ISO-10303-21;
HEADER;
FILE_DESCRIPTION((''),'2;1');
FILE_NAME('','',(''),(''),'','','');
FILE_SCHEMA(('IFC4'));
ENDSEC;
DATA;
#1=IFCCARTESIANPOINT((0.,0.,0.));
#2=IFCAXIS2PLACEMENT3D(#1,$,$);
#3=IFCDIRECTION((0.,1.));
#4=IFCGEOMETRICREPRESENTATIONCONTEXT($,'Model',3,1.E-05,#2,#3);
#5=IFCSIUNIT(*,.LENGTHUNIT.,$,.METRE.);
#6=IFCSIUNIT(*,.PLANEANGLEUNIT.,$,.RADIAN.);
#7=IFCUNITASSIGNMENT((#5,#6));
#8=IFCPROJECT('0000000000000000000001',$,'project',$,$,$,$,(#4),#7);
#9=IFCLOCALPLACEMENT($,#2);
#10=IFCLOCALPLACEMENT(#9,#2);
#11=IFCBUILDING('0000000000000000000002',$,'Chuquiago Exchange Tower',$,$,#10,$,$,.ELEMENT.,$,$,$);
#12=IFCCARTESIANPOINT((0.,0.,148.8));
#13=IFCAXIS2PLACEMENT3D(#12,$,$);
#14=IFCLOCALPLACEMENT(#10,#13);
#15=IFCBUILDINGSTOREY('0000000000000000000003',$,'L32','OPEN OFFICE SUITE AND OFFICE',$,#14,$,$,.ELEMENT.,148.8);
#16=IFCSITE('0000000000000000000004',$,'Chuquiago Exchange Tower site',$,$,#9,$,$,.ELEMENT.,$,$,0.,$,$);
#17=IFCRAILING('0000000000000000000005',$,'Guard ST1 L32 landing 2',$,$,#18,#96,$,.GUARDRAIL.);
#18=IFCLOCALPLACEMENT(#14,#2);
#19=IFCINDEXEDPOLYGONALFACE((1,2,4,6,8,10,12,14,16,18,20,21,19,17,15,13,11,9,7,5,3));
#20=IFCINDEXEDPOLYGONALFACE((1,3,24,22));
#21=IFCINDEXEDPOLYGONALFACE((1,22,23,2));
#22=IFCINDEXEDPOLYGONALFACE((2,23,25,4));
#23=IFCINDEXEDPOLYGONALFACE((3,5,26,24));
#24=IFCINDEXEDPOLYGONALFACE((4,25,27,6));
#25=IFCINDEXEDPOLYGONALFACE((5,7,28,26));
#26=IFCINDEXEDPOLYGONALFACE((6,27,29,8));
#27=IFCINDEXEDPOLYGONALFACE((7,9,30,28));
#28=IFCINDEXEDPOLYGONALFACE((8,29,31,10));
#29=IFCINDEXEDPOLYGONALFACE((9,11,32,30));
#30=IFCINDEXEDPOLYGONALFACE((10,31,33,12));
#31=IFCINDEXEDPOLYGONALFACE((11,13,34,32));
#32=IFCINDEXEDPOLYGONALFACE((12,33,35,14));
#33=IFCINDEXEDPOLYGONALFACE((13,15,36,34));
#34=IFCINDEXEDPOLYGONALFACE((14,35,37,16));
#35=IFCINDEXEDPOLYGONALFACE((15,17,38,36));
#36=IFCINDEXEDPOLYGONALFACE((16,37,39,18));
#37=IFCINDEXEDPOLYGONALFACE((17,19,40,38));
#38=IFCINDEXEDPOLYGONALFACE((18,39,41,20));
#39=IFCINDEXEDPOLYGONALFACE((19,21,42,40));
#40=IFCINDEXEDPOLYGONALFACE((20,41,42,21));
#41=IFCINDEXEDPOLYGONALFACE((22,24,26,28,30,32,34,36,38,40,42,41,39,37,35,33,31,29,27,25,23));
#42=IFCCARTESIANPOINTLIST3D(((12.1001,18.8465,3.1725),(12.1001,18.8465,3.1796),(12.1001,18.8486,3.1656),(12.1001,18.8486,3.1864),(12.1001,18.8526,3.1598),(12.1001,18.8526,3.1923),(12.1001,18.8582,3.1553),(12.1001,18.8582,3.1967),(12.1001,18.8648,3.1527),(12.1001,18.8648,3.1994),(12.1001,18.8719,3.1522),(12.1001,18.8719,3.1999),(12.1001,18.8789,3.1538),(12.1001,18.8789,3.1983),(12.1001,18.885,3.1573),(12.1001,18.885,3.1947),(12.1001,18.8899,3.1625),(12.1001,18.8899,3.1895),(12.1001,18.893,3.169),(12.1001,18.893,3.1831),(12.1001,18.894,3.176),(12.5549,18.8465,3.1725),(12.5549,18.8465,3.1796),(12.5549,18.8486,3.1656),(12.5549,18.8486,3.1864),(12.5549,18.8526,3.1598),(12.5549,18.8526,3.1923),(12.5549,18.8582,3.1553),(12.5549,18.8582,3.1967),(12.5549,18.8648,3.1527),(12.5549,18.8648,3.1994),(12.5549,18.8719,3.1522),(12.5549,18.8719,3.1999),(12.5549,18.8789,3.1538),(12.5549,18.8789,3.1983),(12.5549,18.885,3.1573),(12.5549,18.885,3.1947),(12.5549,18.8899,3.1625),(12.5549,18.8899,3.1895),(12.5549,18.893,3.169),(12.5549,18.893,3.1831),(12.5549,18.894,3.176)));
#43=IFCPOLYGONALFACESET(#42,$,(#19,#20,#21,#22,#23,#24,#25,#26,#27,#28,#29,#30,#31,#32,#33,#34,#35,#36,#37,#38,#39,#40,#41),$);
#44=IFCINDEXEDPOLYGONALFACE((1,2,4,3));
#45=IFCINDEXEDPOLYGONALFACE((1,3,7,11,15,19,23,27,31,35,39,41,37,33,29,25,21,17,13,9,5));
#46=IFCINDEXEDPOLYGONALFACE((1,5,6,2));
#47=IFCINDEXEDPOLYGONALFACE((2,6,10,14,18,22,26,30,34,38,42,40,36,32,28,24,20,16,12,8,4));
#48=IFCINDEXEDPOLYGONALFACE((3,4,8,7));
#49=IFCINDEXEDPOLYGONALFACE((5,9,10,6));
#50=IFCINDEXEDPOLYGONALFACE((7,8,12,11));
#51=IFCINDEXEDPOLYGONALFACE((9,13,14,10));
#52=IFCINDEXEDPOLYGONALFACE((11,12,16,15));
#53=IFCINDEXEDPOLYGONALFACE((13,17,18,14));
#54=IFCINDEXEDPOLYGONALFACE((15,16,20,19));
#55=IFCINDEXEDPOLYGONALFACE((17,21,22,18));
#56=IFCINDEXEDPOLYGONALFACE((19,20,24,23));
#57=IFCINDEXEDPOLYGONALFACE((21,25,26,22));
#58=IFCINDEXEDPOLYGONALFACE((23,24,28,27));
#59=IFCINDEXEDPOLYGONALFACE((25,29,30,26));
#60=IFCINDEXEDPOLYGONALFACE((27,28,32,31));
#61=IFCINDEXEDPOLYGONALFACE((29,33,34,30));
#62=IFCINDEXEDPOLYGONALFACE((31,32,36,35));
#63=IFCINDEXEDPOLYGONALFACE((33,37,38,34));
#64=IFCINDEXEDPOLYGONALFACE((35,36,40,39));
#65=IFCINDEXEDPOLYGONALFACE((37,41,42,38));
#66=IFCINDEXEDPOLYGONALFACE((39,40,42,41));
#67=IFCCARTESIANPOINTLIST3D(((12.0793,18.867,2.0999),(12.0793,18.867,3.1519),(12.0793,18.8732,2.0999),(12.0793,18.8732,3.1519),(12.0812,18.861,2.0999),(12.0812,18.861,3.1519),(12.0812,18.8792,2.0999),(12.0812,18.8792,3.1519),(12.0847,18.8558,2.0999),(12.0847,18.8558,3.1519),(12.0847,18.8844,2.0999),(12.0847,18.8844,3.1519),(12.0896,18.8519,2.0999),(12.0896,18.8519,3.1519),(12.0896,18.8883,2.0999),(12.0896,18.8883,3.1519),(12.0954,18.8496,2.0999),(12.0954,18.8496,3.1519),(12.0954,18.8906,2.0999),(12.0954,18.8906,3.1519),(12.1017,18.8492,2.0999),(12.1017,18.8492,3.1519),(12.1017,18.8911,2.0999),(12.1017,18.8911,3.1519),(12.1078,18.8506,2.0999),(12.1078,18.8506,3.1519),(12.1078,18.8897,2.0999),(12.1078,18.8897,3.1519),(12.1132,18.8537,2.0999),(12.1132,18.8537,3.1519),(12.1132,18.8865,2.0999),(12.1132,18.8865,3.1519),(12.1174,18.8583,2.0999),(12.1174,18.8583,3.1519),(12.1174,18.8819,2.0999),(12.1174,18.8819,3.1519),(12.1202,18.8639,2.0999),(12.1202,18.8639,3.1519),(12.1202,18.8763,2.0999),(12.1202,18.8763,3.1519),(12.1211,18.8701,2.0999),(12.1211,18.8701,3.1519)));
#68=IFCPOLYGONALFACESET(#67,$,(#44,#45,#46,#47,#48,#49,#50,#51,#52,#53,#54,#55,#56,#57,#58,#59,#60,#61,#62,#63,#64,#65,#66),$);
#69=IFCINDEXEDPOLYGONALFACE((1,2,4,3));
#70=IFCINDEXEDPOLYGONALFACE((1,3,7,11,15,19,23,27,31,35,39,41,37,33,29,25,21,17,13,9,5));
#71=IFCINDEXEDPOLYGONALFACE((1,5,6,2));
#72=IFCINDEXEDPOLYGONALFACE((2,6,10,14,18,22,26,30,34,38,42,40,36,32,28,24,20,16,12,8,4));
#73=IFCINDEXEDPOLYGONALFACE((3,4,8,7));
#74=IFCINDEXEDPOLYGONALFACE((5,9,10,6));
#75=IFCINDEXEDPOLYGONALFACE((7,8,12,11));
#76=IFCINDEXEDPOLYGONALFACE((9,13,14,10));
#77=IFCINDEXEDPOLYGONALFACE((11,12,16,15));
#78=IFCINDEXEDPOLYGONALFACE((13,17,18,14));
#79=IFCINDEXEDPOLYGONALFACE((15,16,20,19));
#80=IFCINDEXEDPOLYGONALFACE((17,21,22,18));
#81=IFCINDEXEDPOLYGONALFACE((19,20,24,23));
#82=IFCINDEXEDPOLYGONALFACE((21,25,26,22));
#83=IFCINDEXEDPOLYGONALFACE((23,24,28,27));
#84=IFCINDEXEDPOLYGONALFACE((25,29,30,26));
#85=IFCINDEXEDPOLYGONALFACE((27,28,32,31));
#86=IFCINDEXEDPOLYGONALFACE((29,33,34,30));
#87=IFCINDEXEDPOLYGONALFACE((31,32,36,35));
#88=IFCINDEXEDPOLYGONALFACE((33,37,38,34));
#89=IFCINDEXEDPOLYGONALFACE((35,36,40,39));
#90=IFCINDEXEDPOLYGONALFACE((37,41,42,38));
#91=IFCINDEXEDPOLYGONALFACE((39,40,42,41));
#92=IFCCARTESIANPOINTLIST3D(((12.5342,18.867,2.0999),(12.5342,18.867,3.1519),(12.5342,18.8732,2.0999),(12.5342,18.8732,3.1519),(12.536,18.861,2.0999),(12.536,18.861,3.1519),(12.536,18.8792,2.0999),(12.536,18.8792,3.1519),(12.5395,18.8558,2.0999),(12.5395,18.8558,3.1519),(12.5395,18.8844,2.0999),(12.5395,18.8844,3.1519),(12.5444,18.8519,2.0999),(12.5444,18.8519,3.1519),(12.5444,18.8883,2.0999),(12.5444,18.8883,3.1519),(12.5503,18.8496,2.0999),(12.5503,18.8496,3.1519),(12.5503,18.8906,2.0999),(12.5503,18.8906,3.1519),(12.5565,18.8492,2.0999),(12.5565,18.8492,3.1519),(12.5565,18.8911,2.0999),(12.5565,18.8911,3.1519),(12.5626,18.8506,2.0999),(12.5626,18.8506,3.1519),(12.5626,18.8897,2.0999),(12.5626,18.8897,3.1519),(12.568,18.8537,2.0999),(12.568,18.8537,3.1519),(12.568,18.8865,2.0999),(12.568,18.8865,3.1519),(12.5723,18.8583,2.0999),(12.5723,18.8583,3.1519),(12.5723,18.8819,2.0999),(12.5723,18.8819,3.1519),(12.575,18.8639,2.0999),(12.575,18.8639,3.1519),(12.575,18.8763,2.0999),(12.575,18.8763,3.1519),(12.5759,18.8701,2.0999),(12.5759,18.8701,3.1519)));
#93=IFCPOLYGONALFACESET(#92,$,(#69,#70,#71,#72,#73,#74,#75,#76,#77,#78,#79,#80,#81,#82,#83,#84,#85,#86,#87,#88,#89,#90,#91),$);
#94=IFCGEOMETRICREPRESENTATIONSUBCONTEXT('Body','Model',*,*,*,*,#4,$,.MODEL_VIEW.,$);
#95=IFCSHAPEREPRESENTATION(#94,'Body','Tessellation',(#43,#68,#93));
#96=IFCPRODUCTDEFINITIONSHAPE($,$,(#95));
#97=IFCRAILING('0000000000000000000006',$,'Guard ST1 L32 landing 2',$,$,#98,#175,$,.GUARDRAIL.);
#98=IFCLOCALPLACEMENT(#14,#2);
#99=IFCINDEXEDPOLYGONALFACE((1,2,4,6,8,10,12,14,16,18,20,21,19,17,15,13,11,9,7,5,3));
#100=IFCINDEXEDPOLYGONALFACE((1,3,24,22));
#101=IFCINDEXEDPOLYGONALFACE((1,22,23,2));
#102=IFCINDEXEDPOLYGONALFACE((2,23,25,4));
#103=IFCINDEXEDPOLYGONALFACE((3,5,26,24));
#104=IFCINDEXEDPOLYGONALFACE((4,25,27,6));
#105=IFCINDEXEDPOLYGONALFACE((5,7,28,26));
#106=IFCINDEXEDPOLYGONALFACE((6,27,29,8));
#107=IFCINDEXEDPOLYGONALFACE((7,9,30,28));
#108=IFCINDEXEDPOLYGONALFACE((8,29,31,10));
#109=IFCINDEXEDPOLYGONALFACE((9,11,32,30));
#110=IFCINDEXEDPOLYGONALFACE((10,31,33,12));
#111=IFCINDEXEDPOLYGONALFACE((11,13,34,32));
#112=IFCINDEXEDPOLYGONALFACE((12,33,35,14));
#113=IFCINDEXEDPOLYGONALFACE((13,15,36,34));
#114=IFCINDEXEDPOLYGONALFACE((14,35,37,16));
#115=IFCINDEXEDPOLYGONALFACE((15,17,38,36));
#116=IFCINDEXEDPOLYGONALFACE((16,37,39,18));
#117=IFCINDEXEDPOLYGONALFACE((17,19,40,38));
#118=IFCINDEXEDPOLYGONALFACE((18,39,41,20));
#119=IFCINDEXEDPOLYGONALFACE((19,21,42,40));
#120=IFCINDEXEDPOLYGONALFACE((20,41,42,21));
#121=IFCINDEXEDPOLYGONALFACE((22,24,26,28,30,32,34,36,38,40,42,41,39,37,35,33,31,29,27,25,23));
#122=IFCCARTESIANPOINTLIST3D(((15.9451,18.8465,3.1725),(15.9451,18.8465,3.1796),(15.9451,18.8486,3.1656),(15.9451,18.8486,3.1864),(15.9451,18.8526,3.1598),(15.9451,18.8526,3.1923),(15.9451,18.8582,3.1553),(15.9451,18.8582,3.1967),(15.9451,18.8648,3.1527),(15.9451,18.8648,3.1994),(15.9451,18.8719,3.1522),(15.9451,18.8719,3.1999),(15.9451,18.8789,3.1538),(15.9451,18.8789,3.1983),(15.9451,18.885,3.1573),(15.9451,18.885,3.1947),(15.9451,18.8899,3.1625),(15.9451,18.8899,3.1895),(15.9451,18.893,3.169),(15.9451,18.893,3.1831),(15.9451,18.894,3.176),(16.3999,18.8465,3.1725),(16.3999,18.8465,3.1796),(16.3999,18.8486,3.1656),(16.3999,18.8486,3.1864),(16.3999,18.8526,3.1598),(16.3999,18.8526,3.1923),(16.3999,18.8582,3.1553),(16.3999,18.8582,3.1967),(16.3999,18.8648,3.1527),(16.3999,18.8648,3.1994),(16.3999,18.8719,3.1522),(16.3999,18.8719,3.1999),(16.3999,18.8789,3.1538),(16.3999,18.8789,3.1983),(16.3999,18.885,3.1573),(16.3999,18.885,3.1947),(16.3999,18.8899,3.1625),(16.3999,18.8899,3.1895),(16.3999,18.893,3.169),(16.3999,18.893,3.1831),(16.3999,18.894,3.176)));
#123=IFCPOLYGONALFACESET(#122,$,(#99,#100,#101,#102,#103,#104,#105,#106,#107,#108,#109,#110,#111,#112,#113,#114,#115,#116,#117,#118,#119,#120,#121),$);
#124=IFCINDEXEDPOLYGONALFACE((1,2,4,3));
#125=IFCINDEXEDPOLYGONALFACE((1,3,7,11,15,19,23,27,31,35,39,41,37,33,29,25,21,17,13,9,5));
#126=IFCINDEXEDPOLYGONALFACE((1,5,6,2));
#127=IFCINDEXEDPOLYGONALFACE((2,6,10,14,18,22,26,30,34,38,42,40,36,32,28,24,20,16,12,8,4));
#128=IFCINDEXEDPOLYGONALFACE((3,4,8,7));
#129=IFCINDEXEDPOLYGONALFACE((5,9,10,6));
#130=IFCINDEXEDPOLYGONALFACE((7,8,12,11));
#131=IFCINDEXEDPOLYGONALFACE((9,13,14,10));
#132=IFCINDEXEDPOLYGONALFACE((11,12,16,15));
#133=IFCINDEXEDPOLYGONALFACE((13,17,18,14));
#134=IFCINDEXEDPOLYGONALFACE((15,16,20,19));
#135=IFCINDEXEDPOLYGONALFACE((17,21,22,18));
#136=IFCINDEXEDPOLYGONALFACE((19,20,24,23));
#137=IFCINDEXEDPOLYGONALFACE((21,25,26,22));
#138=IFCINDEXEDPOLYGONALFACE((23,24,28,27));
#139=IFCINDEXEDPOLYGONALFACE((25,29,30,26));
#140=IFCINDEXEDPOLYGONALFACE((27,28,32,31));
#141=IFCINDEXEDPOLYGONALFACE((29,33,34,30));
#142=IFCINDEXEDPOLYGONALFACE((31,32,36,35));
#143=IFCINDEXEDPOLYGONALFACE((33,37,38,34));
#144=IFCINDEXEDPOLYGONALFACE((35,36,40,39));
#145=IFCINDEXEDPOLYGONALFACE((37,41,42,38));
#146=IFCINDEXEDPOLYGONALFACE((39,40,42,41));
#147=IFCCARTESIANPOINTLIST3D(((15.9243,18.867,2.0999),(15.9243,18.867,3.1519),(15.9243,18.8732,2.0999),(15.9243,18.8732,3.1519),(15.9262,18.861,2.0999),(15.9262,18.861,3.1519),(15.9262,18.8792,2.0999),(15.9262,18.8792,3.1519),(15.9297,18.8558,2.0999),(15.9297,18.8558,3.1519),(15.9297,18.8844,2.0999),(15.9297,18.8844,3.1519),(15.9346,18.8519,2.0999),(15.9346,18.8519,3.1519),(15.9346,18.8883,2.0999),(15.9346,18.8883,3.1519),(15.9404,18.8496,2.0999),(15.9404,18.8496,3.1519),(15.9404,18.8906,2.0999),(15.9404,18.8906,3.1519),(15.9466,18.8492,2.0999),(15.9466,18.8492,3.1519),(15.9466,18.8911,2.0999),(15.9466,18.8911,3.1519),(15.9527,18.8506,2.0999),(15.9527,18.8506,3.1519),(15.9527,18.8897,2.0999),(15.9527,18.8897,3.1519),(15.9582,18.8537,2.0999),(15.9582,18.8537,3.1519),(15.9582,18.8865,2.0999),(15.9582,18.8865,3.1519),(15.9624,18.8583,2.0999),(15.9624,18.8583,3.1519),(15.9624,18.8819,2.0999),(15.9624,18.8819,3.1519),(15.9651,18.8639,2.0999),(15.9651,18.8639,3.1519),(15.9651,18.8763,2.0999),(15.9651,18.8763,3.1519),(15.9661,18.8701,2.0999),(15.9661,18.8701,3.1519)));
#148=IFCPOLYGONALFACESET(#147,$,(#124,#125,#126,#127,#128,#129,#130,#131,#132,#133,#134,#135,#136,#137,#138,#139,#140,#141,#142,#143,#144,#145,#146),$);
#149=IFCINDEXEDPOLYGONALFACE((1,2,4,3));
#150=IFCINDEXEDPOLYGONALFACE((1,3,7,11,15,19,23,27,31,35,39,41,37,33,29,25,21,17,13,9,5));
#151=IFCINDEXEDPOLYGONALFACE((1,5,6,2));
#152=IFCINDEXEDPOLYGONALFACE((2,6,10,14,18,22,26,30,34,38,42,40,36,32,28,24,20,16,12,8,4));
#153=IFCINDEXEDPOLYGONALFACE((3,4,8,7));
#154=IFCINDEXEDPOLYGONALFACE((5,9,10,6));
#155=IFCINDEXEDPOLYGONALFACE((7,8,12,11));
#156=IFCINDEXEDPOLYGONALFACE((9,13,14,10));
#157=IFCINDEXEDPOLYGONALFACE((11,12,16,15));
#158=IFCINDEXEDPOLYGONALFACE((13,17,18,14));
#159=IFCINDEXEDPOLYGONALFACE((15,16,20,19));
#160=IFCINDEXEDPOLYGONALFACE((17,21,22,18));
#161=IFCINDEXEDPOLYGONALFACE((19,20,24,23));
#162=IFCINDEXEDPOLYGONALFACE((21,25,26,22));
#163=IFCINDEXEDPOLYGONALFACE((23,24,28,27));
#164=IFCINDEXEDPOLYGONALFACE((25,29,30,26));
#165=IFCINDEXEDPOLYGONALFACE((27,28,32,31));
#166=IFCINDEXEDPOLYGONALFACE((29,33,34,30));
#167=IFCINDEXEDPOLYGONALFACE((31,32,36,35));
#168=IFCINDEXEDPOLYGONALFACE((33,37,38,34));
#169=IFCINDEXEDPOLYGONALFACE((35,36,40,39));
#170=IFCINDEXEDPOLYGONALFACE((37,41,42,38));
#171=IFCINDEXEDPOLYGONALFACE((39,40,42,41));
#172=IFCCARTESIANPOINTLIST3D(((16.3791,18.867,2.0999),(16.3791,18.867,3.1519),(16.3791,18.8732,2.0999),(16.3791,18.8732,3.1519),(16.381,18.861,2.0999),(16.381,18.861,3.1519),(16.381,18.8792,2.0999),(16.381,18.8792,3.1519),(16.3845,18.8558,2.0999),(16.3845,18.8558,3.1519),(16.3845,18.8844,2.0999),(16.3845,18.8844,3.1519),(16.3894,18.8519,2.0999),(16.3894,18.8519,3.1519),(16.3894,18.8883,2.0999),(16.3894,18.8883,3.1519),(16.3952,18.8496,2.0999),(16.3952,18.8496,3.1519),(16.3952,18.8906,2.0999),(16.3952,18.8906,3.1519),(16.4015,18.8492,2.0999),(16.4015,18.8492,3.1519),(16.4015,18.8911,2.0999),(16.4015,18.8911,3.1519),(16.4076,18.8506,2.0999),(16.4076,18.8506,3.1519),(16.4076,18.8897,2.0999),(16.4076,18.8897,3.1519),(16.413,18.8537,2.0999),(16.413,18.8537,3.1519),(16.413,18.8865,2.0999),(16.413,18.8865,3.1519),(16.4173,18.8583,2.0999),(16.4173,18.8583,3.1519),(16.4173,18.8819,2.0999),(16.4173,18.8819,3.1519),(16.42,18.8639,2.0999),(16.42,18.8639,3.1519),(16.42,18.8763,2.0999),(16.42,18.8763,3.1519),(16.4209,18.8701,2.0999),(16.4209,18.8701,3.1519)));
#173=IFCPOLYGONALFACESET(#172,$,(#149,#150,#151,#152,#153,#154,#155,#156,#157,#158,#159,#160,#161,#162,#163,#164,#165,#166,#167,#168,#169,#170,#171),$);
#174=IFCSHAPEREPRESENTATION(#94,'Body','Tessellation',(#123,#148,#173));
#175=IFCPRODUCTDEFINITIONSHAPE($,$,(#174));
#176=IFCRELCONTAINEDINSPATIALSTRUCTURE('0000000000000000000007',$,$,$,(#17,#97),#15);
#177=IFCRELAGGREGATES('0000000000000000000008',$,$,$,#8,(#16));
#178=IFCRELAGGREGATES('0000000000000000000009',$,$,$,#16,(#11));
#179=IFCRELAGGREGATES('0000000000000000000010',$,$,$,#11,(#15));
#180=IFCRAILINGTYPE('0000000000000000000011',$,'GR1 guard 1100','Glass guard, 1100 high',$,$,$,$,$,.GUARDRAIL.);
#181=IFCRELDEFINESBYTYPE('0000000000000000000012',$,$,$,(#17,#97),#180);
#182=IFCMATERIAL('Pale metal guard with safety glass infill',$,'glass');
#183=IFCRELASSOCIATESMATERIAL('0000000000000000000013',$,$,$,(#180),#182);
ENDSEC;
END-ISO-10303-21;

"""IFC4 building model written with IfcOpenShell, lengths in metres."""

from ifc_helpers import new_model, si_unit, direction, frame, origin, origin_2d, place, context, subcontext, project, spatial, circle, extrude, material, type_object, element, save


model = new_model("IFC4")

# Units and contexts
model_context = context("Model", 3, precision=1e-05, world=origin(), true_north=direction((0.0, 1.0)))
body_context = subcontext(model_context, "Body", "Model", "MODEL_VIEW")
ifc_project = project(units=[si_unit("LENGTHUNIT", "METRE"), si_unit("PLANEANGLEUNIT", "RADIAN")], contexts=[model_context])

# Site, building, storey
site_placement = place(None, origin())
site = spatial("IfcSite", under=ifc_project, at=site_placement, Name="Chuquiago Exchange Tower site", CompositionType="ELEMENT", RefElevation=0.0)
building_placement = place(site_placement, origin())
building = spatial("IfcBuilding", under=site, at=building_placement, Name="Chuquiago Exchange Tower", CompositionType="ELEMENT")
storey_placement = place(building_placement, frame((0.0, 0.0, 148.8)))
storey = spatial("IfcBuildingStorey", under=building, at=storey_placement, Name="L32", Description="OPEN OFFICE SUITE AND OFFICE", CompositionType="ELEMENT", Elevation=148.8)

# Railings
ifc_material_1 = material(Name="Pale metal guard with safety glass infill", Category="glass")
railing_type_1 = type_object("IfcRailingType", Name="GR1 guard 1100", Description="Glass guard, 1100 high", PredefinedType="GUARDRAIL", material=ifc_material_1)
for number, where, name in (
    (1, (12.1001, 18.8701, 2.0999), "Guard ST1 L32 landing 2"),
    (2, (15.9451, 18.8701, 2.0999), "Guard ST1 L32 landing 2"),
):
    element("IfcRailing", number, at=place(storey_placement, frame(where)), inside=storey, type_object=railing_type_1, Name=name, PredefinedType="GUARDRAIL", context=body_context, shape_type="SweptSolid", body=[
        extrude(circle(Radius=0.0239, at=origin_2d()), frame((0.0, 0.0, 1.0762), z_axis=(1.0, 0.0, 0.0), x_axis=(0.0, 1.0, 0.0)), (0.0, 0.0, 1.0), 0.4548),
        extrude(circle(Radius=0.021, at=origin_2d()), origin(), (0.0, 0.0, 1.0), 1.052),
        extrude(circle(Radius=0.021, at=origin_2d()), frame((0.4548, 0.0, 0.0)), (0.0, 0.0, 1.0), 1.052),
    ])

save(model, "model.ifc")
